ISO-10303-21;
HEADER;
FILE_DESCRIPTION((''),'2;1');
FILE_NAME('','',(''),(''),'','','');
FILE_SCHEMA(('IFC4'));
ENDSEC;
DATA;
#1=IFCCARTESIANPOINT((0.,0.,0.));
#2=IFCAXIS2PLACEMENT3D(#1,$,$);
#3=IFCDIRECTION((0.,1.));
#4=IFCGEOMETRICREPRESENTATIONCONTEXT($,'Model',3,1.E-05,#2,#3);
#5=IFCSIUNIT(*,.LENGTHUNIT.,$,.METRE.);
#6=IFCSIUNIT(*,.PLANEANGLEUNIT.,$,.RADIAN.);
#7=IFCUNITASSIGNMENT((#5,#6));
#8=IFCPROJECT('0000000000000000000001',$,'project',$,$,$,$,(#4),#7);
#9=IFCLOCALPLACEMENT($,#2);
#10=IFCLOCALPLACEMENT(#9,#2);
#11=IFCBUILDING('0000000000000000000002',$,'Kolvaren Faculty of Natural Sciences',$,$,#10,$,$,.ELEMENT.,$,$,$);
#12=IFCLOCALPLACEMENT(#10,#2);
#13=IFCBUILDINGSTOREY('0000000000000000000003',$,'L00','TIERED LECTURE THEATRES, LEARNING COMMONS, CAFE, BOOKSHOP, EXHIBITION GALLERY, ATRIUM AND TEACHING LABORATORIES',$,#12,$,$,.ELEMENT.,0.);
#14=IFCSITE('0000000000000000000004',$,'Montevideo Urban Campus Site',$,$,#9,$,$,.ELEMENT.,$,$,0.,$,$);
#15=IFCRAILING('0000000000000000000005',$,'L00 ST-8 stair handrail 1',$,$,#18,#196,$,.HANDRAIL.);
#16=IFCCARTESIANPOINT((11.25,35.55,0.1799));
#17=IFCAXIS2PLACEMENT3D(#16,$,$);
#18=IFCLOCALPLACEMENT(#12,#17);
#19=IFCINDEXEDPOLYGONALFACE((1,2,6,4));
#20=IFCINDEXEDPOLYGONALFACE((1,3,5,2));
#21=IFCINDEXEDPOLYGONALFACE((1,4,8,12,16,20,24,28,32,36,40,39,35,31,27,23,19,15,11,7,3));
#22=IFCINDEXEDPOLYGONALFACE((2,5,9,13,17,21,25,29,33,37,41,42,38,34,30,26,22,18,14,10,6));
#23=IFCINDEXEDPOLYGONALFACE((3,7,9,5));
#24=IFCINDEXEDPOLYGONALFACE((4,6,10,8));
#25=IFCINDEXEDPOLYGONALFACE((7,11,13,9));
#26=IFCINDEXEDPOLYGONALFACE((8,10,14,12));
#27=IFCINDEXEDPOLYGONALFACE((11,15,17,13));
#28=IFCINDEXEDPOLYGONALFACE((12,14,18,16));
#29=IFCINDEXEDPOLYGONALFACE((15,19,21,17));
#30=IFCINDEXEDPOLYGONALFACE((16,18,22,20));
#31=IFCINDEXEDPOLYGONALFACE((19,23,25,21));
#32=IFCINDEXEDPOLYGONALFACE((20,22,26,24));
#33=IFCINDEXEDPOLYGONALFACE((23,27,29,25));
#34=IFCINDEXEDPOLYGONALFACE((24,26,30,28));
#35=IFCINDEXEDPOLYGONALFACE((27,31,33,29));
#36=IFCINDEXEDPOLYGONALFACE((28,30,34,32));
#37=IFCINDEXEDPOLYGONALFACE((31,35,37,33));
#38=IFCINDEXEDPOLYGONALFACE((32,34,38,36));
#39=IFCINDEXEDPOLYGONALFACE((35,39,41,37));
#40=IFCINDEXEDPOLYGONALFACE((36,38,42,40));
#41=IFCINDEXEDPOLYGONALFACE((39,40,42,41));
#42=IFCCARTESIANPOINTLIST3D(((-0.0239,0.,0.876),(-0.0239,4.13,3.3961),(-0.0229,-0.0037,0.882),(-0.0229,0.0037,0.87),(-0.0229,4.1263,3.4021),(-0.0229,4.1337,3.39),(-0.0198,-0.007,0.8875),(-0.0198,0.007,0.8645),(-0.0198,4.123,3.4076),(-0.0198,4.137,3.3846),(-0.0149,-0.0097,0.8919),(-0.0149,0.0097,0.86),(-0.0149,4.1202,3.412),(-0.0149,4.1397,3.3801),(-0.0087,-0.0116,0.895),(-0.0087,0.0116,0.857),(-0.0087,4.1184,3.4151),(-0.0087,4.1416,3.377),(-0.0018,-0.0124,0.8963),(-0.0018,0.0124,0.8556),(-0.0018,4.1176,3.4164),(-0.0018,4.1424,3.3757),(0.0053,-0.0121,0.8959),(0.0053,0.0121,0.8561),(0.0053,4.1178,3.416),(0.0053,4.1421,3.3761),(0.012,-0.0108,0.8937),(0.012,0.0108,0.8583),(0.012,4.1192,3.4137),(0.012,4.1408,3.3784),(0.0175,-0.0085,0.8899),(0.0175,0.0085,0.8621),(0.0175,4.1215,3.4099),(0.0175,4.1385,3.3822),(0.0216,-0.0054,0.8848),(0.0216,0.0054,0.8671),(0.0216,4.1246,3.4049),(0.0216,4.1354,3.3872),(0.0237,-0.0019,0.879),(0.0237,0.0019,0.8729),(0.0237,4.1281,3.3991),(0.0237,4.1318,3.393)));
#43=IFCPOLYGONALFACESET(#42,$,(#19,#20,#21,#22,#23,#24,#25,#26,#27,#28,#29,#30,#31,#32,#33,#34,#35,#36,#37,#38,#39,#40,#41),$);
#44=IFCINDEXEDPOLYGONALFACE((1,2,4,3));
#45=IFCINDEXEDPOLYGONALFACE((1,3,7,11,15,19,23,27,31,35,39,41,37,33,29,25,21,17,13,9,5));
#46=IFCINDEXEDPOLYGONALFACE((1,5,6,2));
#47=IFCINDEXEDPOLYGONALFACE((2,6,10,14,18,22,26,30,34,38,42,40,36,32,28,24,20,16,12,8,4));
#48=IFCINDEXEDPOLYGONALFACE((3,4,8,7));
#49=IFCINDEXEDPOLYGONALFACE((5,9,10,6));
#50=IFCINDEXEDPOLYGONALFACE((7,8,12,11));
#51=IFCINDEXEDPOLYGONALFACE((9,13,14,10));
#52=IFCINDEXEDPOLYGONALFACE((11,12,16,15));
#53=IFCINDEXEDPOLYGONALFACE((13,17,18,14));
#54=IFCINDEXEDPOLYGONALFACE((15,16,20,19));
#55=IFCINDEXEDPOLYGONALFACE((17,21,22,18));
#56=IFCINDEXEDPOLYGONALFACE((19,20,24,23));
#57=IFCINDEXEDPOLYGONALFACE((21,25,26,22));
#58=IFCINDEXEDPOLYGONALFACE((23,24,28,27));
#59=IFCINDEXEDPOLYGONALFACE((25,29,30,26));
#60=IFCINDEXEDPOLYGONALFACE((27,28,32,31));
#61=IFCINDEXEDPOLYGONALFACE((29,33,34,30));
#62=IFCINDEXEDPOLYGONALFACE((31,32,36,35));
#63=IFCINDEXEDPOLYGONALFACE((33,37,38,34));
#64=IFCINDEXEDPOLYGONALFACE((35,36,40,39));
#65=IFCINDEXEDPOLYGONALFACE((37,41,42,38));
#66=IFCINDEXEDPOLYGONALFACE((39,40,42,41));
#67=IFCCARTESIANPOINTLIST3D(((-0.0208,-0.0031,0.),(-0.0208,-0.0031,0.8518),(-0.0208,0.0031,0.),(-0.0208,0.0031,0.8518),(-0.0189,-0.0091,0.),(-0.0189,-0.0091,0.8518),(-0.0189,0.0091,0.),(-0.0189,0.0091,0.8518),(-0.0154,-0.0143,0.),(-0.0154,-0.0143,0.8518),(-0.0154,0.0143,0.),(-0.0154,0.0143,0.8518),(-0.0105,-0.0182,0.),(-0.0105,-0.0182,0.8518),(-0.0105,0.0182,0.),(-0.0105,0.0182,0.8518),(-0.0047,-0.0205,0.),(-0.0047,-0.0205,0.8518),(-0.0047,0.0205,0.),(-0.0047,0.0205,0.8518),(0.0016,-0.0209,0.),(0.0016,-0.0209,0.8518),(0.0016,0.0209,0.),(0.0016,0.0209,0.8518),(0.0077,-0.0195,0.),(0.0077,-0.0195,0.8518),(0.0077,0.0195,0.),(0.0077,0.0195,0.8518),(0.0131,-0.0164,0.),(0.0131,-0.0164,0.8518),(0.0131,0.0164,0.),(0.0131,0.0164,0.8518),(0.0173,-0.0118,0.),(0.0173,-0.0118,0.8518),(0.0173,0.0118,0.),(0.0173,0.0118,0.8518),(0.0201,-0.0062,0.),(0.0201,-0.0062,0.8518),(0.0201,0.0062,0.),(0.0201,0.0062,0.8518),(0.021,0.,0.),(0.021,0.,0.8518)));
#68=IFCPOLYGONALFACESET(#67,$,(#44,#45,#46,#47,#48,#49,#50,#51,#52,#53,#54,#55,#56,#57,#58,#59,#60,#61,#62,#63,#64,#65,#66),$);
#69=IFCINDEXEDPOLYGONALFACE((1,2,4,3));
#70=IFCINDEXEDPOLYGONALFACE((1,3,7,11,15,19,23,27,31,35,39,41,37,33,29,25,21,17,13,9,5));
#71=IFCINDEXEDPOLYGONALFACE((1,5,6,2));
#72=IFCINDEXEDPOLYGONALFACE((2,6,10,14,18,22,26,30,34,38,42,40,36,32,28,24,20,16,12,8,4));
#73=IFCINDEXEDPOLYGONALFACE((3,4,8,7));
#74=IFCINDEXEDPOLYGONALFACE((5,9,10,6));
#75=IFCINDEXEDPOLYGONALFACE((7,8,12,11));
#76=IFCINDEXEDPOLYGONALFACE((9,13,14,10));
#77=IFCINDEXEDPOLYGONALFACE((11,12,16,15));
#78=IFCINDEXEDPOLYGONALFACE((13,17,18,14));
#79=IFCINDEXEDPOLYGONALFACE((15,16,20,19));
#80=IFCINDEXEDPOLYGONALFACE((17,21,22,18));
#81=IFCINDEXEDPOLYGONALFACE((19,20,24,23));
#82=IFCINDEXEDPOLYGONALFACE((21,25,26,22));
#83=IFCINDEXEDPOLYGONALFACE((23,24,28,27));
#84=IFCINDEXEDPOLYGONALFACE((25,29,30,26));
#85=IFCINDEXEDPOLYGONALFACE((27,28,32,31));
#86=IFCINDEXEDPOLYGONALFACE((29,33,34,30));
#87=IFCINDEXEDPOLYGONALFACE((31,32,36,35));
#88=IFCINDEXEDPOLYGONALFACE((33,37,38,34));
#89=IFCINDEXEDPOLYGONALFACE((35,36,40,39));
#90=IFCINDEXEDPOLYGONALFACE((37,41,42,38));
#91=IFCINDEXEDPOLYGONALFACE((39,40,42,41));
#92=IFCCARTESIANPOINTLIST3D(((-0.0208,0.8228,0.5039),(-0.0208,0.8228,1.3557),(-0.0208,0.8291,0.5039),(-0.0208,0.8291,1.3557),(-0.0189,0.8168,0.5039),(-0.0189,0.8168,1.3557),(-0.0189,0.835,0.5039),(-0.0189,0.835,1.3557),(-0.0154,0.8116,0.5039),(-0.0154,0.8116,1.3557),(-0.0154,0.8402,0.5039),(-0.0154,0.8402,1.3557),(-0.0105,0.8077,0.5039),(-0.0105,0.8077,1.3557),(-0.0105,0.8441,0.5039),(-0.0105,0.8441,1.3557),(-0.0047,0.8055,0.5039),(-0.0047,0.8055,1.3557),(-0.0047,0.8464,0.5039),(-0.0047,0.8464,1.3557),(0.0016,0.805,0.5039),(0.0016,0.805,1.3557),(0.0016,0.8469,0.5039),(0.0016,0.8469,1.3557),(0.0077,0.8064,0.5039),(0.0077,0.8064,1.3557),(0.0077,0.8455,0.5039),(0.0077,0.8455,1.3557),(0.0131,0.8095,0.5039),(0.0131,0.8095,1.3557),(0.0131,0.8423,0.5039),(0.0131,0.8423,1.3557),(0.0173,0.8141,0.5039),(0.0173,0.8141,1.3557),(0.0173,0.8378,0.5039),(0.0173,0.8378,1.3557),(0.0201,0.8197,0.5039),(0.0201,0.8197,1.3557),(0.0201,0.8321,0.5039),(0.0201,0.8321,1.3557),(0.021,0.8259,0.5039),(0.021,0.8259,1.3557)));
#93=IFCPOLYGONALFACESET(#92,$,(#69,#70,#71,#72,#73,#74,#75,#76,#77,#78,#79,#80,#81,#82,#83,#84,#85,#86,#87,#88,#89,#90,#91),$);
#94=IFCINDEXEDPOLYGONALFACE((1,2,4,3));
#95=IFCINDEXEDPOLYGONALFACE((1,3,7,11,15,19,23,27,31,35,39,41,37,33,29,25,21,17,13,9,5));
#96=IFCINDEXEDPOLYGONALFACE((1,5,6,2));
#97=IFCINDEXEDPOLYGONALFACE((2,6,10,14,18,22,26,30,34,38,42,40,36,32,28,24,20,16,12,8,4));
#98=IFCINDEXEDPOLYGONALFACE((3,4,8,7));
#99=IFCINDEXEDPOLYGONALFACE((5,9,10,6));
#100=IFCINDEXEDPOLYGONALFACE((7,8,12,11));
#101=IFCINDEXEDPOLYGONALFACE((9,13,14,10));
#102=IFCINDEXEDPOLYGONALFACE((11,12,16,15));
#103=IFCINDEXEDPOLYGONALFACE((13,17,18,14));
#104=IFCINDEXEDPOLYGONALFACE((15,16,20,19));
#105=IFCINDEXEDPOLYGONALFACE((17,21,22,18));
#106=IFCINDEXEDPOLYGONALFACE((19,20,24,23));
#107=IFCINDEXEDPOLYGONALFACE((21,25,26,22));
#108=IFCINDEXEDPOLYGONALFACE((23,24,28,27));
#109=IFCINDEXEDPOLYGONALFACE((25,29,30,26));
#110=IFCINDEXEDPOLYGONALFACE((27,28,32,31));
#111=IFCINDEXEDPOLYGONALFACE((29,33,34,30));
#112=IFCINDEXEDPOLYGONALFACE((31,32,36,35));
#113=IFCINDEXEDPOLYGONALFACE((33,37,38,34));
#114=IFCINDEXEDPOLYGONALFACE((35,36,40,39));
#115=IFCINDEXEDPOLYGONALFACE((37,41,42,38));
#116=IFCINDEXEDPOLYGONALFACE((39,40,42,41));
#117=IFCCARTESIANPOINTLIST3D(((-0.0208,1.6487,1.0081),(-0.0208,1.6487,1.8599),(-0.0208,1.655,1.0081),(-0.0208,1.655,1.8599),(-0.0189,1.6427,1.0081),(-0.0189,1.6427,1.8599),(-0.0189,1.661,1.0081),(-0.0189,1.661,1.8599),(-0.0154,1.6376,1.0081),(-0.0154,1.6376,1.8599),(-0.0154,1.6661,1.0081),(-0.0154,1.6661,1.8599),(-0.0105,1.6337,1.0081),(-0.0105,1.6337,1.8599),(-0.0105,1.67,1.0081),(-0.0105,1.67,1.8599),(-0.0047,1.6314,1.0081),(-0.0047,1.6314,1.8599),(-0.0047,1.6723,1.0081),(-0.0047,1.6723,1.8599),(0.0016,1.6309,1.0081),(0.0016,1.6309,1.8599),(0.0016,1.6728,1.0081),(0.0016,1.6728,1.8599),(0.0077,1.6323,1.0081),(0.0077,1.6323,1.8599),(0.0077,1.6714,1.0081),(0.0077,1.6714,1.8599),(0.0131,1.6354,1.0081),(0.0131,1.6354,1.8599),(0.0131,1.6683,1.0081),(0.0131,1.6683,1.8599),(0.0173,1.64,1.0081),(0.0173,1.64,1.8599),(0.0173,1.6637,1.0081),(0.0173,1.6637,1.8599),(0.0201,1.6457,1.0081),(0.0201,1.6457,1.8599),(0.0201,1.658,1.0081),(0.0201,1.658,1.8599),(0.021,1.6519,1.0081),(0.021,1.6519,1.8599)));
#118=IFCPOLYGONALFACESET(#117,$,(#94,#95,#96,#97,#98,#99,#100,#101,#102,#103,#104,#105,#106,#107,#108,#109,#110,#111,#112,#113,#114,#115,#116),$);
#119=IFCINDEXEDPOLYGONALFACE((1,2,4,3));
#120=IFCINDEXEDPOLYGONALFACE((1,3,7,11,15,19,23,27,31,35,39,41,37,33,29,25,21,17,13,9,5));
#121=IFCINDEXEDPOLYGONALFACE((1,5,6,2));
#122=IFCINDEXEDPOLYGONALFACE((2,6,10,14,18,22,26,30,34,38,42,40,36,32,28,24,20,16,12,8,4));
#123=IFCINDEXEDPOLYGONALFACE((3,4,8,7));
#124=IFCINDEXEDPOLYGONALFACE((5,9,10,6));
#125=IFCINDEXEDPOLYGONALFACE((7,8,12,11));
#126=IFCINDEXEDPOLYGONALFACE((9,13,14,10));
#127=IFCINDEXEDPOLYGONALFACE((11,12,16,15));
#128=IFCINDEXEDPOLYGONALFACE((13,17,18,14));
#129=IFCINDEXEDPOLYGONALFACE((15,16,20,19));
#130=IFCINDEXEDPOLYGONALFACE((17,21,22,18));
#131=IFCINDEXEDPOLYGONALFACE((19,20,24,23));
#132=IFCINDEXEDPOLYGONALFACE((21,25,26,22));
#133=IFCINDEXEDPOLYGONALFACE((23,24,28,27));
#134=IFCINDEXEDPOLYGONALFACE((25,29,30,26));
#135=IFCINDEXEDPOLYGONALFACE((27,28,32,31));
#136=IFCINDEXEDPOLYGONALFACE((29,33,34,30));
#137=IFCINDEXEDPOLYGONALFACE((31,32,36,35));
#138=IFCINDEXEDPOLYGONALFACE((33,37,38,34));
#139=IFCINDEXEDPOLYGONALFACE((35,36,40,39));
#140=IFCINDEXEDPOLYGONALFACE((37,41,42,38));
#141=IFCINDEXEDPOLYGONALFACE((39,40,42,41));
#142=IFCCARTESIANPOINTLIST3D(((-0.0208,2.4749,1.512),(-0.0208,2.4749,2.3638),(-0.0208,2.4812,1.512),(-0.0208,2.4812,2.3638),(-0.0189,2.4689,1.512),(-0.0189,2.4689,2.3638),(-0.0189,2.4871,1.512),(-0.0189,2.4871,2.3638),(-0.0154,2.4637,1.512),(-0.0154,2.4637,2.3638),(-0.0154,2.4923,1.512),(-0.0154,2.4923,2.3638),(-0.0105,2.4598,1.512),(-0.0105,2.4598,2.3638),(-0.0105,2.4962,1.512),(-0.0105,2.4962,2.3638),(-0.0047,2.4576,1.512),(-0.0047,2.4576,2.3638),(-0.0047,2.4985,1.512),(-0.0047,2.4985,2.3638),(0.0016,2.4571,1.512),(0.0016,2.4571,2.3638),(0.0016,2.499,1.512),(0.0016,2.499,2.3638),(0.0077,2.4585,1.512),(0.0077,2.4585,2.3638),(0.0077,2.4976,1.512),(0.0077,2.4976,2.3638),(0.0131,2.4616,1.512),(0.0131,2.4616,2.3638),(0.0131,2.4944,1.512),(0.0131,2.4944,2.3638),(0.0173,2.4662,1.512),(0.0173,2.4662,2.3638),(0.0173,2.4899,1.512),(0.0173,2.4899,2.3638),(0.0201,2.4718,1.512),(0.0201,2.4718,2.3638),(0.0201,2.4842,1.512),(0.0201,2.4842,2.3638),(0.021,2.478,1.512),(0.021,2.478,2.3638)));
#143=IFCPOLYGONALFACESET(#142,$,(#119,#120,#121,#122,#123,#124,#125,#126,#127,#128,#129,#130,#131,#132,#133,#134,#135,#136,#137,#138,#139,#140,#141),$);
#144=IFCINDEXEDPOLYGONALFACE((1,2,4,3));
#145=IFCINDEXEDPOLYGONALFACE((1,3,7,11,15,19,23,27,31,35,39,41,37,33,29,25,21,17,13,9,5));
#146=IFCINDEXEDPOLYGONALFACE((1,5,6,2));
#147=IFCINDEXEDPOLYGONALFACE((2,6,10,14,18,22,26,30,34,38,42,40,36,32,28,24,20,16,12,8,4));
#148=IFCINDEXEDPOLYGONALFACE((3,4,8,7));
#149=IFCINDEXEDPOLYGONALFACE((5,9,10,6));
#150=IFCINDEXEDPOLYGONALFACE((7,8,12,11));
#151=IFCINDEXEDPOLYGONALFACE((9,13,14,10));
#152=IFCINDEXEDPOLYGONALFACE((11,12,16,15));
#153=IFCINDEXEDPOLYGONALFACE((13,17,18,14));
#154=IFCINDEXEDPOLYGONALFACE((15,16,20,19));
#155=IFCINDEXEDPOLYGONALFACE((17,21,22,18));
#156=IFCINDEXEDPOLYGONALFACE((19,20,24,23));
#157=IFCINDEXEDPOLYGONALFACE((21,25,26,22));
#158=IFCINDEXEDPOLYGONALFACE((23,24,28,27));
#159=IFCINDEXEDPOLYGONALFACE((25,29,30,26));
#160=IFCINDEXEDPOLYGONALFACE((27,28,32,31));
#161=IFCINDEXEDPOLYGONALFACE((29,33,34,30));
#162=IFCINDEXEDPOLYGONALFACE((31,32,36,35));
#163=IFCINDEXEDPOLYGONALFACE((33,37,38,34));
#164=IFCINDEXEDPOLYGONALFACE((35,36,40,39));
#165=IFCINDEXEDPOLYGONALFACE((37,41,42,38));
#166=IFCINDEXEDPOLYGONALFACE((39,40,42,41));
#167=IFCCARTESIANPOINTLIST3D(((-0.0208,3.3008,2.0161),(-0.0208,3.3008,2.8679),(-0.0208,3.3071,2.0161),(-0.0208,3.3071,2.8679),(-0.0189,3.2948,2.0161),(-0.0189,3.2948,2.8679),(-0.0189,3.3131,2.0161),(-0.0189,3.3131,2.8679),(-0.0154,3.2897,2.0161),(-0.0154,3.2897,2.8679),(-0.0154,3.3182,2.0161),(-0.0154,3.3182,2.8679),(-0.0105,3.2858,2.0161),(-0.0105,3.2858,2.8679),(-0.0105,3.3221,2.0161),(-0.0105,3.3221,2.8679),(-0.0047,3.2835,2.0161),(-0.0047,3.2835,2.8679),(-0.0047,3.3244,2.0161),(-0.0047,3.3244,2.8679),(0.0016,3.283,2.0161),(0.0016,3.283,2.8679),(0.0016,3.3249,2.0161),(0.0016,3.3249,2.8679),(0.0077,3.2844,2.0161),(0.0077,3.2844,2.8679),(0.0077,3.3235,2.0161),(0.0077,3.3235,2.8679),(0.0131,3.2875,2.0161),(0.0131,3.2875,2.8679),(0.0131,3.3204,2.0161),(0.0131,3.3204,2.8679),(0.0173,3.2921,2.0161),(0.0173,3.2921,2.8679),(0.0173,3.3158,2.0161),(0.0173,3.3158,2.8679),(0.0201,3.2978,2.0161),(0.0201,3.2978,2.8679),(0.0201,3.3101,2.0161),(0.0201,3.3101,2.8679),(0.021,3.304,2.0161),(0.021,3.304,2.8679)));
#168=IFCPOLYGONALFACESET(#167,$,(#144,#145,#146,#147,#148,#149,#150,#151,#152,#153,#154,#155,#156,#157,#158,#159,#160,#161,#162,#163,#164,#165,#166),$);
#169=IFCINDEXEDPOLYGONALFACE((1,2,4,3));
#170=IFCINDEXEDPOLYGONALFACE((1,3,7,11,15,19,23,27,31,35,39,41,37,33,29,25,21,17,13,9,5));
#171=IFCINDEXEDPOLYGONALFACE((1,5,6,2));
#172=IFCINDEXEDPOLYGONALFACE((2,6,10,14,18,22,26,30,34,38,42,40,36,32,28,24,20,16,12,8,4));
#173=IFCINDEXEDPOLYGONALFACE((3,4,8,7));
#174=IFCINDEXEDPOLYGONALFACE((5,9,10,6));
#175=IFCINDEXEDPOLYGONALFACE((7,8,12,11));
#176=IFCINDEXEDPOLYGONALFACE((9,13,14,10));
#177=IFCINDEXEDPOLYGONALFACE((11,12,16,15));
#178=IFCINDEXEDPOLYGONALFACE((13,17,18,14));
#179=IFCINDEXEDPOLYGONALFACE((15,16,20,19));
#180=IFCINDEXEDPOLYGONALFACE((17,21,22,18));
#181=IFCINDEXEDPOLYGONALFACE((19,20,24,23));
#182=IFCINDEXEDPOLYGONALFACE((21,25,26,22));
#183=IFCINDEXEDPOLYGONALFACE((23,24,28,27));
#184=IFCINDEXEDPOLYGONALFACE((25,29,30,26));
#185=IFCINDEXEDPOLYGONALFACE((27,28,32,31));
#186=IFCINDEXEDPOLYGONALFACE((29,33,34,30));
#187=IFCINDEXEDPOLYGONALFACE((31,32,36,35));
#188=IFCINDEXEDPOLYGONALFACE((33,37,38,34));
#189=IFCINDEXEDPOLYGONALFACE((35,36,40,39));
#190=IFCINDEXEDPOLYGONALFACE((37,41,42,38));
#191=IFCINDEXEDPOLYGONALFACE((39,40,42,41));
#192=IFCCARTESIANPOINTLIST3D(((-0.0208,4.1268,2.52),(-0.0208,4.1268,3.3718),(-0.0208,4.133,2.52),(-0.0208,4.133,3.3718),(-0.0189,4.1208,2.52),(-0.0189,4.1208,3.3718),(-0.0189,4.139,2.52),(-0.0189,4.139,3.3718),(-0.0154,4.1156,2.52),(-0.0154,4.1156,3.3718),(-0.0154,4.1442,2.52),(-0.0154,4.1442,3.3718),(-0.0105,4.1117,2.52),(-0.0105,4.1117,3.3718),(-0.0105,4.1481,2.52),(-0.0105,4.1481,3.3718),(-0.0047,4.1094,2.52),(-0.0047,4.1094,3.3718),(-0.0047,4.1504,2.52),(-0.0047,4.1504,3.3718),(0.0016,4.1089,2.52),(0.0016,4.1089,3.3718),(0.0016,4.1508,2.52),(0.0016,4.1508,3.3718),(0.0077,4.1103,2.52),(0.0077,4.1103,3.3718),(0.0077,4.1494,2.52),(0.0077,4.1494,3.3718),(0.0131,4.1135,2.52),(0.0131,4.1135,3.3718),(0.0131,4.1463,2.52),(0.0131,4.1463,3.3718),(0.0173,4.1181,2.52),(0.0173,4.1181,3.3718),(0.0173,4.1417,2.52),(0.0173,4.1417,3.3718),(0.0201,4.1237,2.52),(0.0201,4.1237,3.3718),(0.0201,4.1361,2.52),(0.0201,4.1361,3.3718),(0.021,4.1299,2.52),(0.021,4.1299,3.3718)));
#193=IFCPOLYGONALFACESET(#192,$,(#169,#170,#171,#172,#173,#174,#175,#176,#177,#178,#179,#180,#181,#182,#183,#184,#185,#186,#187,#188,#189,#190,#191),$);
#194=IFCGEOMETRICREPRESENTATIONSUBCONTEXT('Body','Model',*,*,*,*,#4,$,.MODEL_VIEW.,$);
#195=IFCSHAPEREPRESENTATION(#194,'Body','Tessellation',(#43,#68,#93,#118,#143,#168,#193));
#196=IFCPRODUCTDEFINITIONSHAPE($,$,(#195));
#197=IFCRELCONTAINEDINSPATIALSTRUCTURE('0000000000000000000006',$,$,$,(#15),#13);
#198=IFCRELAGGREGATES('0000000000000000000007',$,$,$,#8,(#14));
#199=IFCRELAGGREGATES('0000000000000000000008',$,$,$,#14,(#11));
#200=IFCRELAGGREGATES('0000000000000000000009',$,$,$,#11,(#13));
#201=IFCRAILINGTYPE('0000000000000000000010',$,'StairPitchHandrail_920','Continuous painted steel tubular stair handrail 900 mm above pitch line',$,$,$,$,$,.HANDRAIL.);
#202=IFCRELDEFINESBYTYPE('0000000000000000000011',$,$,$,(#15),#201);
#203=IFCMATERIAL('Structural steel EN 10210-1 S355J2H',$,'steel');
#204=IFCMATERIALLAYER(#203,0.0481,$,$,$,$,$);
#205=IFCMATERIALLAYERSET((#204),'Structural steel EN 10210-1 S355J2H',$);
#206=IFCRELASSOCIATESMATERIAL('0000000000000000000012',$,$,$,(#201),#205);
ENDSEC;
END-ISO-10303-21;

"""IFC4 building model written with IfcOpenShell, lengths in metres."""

from ifc_helpers import new_model, si_unit, direction, frame, origin, origin_2d, place, context, subcontext, project, spatial, circle, extrude, material, layer, layer_set, type_object, element, save


model = new_model("IFC4")

# Units and contexts
model_context = context("Model", 3, precision=1e-05, world=origin(), true_north=direction((0.0, 1.0)))
body_context = subcontext(model_context, "Body", "Model", "MODEL_VIEW")
ifc_project = project(units=[si_unit("LENGTHUNIT", "METRE"), si_unit("PLANEANGLEUNIT", "RADIAN")], contexts=[model_context])

# Site, building, storey
site_placement = place(None, origin())
site = spatial("IfcSite", under=ifc_project, at=site_placement, Name="Montevideo Urban Campus Site", CompositionType="ELEMENT", RefElevation=0.0)
building_placement = place(site_placement, origin())
building = spatial("IfcBuilding", under=site, at=building_placement, Name="Kolvaren Faculty of Natural Sciences", CompositionType="ELEMENT")
storey_placement = place(building_placement, origin())
storey = spatial("IfcBuildingStorey", under=building, at=storey_placement, Name="L00", Description="TIERED LECTURE THEATRES, LEARNING COMMONS, CAFE, BOOKSHOP, EXHIBITION GALLERY, ATRIUM AND TEACHING LABORATORIES", CompositionType="ELEMENT", Elevation=0.0)

# Railing
ifc_material_1 = material(Name="Structural steel EN 10210-1 S355J2H", Category="steel")
ifc_layer_1 = layer(ifc_material_1, 0.0481)
ifc_layer_set_1 = layer_set([ifc_layer_1], Name="Structural steel EN 10210-1 S355J2H")
railing_type = type_object("IfcRailingType", Name="StairPitchHandrail_920", Description="Continuous painted steel tubular stair handrail 900 mm above pitch line", PredefinedType="HANDRAIL", material=ifc_layer_set_1)
railing_placement = place(storey_placement, frame((11.25, 35.55, 0.1799)))
element("IfcRailing", 1, at=railing_placement, inside=storey, type_object=railing_type, Name="L00 ST-8 stair handrail 1", PredefinedType="HANDRAIL", context=body_context, shape_type="SweptSolid", body=[
    extrude(circle(Radius=0.0239, at=origin_2d()), frame((0.0, 0.0, 0.876), z_axis=(0.0, 0.853631, 0.520878), x_axis=(-1.0, 0.0, 0.0)), (0.0, 0.0, 1.0), 4.8381),
    extrude(circle(Radius=0.021, at=origin_2d()), origin(), (0.0, 0.0, 1.0), 0.8518),
    extrude(circle(Radius=0.021, at=origin_2d()), frame((0.0, 0.8259, 0.5039)), (0.0, 0.0, 1.0), 0.8518),
    extrude(circle(Radius=0.021, at=origin_2d()), frame((0.0, 1.6519, 1.0081)), (0.0, 0.0, 1.0), 0.8518),
    extrude(circle(Radius=0.021, at=origin_2d()), frame((0.0, 2.478, 1.512)), (0.0, 0.0, 1.0), 0.8518),
    extrude(circle(Radius=0.021, at=origin_2d()), frame((0.0, 3.304, 2.0161)), (0.0, 0.0, 1.0), 0.8518),
    extrude(circle(Radius=0.021, at=origin_2d()), frame((0.0, 4.1299, 2.52)), (0.0, 0.0, 1.0), 0.8518),
])

save(model, "model.ifc")
